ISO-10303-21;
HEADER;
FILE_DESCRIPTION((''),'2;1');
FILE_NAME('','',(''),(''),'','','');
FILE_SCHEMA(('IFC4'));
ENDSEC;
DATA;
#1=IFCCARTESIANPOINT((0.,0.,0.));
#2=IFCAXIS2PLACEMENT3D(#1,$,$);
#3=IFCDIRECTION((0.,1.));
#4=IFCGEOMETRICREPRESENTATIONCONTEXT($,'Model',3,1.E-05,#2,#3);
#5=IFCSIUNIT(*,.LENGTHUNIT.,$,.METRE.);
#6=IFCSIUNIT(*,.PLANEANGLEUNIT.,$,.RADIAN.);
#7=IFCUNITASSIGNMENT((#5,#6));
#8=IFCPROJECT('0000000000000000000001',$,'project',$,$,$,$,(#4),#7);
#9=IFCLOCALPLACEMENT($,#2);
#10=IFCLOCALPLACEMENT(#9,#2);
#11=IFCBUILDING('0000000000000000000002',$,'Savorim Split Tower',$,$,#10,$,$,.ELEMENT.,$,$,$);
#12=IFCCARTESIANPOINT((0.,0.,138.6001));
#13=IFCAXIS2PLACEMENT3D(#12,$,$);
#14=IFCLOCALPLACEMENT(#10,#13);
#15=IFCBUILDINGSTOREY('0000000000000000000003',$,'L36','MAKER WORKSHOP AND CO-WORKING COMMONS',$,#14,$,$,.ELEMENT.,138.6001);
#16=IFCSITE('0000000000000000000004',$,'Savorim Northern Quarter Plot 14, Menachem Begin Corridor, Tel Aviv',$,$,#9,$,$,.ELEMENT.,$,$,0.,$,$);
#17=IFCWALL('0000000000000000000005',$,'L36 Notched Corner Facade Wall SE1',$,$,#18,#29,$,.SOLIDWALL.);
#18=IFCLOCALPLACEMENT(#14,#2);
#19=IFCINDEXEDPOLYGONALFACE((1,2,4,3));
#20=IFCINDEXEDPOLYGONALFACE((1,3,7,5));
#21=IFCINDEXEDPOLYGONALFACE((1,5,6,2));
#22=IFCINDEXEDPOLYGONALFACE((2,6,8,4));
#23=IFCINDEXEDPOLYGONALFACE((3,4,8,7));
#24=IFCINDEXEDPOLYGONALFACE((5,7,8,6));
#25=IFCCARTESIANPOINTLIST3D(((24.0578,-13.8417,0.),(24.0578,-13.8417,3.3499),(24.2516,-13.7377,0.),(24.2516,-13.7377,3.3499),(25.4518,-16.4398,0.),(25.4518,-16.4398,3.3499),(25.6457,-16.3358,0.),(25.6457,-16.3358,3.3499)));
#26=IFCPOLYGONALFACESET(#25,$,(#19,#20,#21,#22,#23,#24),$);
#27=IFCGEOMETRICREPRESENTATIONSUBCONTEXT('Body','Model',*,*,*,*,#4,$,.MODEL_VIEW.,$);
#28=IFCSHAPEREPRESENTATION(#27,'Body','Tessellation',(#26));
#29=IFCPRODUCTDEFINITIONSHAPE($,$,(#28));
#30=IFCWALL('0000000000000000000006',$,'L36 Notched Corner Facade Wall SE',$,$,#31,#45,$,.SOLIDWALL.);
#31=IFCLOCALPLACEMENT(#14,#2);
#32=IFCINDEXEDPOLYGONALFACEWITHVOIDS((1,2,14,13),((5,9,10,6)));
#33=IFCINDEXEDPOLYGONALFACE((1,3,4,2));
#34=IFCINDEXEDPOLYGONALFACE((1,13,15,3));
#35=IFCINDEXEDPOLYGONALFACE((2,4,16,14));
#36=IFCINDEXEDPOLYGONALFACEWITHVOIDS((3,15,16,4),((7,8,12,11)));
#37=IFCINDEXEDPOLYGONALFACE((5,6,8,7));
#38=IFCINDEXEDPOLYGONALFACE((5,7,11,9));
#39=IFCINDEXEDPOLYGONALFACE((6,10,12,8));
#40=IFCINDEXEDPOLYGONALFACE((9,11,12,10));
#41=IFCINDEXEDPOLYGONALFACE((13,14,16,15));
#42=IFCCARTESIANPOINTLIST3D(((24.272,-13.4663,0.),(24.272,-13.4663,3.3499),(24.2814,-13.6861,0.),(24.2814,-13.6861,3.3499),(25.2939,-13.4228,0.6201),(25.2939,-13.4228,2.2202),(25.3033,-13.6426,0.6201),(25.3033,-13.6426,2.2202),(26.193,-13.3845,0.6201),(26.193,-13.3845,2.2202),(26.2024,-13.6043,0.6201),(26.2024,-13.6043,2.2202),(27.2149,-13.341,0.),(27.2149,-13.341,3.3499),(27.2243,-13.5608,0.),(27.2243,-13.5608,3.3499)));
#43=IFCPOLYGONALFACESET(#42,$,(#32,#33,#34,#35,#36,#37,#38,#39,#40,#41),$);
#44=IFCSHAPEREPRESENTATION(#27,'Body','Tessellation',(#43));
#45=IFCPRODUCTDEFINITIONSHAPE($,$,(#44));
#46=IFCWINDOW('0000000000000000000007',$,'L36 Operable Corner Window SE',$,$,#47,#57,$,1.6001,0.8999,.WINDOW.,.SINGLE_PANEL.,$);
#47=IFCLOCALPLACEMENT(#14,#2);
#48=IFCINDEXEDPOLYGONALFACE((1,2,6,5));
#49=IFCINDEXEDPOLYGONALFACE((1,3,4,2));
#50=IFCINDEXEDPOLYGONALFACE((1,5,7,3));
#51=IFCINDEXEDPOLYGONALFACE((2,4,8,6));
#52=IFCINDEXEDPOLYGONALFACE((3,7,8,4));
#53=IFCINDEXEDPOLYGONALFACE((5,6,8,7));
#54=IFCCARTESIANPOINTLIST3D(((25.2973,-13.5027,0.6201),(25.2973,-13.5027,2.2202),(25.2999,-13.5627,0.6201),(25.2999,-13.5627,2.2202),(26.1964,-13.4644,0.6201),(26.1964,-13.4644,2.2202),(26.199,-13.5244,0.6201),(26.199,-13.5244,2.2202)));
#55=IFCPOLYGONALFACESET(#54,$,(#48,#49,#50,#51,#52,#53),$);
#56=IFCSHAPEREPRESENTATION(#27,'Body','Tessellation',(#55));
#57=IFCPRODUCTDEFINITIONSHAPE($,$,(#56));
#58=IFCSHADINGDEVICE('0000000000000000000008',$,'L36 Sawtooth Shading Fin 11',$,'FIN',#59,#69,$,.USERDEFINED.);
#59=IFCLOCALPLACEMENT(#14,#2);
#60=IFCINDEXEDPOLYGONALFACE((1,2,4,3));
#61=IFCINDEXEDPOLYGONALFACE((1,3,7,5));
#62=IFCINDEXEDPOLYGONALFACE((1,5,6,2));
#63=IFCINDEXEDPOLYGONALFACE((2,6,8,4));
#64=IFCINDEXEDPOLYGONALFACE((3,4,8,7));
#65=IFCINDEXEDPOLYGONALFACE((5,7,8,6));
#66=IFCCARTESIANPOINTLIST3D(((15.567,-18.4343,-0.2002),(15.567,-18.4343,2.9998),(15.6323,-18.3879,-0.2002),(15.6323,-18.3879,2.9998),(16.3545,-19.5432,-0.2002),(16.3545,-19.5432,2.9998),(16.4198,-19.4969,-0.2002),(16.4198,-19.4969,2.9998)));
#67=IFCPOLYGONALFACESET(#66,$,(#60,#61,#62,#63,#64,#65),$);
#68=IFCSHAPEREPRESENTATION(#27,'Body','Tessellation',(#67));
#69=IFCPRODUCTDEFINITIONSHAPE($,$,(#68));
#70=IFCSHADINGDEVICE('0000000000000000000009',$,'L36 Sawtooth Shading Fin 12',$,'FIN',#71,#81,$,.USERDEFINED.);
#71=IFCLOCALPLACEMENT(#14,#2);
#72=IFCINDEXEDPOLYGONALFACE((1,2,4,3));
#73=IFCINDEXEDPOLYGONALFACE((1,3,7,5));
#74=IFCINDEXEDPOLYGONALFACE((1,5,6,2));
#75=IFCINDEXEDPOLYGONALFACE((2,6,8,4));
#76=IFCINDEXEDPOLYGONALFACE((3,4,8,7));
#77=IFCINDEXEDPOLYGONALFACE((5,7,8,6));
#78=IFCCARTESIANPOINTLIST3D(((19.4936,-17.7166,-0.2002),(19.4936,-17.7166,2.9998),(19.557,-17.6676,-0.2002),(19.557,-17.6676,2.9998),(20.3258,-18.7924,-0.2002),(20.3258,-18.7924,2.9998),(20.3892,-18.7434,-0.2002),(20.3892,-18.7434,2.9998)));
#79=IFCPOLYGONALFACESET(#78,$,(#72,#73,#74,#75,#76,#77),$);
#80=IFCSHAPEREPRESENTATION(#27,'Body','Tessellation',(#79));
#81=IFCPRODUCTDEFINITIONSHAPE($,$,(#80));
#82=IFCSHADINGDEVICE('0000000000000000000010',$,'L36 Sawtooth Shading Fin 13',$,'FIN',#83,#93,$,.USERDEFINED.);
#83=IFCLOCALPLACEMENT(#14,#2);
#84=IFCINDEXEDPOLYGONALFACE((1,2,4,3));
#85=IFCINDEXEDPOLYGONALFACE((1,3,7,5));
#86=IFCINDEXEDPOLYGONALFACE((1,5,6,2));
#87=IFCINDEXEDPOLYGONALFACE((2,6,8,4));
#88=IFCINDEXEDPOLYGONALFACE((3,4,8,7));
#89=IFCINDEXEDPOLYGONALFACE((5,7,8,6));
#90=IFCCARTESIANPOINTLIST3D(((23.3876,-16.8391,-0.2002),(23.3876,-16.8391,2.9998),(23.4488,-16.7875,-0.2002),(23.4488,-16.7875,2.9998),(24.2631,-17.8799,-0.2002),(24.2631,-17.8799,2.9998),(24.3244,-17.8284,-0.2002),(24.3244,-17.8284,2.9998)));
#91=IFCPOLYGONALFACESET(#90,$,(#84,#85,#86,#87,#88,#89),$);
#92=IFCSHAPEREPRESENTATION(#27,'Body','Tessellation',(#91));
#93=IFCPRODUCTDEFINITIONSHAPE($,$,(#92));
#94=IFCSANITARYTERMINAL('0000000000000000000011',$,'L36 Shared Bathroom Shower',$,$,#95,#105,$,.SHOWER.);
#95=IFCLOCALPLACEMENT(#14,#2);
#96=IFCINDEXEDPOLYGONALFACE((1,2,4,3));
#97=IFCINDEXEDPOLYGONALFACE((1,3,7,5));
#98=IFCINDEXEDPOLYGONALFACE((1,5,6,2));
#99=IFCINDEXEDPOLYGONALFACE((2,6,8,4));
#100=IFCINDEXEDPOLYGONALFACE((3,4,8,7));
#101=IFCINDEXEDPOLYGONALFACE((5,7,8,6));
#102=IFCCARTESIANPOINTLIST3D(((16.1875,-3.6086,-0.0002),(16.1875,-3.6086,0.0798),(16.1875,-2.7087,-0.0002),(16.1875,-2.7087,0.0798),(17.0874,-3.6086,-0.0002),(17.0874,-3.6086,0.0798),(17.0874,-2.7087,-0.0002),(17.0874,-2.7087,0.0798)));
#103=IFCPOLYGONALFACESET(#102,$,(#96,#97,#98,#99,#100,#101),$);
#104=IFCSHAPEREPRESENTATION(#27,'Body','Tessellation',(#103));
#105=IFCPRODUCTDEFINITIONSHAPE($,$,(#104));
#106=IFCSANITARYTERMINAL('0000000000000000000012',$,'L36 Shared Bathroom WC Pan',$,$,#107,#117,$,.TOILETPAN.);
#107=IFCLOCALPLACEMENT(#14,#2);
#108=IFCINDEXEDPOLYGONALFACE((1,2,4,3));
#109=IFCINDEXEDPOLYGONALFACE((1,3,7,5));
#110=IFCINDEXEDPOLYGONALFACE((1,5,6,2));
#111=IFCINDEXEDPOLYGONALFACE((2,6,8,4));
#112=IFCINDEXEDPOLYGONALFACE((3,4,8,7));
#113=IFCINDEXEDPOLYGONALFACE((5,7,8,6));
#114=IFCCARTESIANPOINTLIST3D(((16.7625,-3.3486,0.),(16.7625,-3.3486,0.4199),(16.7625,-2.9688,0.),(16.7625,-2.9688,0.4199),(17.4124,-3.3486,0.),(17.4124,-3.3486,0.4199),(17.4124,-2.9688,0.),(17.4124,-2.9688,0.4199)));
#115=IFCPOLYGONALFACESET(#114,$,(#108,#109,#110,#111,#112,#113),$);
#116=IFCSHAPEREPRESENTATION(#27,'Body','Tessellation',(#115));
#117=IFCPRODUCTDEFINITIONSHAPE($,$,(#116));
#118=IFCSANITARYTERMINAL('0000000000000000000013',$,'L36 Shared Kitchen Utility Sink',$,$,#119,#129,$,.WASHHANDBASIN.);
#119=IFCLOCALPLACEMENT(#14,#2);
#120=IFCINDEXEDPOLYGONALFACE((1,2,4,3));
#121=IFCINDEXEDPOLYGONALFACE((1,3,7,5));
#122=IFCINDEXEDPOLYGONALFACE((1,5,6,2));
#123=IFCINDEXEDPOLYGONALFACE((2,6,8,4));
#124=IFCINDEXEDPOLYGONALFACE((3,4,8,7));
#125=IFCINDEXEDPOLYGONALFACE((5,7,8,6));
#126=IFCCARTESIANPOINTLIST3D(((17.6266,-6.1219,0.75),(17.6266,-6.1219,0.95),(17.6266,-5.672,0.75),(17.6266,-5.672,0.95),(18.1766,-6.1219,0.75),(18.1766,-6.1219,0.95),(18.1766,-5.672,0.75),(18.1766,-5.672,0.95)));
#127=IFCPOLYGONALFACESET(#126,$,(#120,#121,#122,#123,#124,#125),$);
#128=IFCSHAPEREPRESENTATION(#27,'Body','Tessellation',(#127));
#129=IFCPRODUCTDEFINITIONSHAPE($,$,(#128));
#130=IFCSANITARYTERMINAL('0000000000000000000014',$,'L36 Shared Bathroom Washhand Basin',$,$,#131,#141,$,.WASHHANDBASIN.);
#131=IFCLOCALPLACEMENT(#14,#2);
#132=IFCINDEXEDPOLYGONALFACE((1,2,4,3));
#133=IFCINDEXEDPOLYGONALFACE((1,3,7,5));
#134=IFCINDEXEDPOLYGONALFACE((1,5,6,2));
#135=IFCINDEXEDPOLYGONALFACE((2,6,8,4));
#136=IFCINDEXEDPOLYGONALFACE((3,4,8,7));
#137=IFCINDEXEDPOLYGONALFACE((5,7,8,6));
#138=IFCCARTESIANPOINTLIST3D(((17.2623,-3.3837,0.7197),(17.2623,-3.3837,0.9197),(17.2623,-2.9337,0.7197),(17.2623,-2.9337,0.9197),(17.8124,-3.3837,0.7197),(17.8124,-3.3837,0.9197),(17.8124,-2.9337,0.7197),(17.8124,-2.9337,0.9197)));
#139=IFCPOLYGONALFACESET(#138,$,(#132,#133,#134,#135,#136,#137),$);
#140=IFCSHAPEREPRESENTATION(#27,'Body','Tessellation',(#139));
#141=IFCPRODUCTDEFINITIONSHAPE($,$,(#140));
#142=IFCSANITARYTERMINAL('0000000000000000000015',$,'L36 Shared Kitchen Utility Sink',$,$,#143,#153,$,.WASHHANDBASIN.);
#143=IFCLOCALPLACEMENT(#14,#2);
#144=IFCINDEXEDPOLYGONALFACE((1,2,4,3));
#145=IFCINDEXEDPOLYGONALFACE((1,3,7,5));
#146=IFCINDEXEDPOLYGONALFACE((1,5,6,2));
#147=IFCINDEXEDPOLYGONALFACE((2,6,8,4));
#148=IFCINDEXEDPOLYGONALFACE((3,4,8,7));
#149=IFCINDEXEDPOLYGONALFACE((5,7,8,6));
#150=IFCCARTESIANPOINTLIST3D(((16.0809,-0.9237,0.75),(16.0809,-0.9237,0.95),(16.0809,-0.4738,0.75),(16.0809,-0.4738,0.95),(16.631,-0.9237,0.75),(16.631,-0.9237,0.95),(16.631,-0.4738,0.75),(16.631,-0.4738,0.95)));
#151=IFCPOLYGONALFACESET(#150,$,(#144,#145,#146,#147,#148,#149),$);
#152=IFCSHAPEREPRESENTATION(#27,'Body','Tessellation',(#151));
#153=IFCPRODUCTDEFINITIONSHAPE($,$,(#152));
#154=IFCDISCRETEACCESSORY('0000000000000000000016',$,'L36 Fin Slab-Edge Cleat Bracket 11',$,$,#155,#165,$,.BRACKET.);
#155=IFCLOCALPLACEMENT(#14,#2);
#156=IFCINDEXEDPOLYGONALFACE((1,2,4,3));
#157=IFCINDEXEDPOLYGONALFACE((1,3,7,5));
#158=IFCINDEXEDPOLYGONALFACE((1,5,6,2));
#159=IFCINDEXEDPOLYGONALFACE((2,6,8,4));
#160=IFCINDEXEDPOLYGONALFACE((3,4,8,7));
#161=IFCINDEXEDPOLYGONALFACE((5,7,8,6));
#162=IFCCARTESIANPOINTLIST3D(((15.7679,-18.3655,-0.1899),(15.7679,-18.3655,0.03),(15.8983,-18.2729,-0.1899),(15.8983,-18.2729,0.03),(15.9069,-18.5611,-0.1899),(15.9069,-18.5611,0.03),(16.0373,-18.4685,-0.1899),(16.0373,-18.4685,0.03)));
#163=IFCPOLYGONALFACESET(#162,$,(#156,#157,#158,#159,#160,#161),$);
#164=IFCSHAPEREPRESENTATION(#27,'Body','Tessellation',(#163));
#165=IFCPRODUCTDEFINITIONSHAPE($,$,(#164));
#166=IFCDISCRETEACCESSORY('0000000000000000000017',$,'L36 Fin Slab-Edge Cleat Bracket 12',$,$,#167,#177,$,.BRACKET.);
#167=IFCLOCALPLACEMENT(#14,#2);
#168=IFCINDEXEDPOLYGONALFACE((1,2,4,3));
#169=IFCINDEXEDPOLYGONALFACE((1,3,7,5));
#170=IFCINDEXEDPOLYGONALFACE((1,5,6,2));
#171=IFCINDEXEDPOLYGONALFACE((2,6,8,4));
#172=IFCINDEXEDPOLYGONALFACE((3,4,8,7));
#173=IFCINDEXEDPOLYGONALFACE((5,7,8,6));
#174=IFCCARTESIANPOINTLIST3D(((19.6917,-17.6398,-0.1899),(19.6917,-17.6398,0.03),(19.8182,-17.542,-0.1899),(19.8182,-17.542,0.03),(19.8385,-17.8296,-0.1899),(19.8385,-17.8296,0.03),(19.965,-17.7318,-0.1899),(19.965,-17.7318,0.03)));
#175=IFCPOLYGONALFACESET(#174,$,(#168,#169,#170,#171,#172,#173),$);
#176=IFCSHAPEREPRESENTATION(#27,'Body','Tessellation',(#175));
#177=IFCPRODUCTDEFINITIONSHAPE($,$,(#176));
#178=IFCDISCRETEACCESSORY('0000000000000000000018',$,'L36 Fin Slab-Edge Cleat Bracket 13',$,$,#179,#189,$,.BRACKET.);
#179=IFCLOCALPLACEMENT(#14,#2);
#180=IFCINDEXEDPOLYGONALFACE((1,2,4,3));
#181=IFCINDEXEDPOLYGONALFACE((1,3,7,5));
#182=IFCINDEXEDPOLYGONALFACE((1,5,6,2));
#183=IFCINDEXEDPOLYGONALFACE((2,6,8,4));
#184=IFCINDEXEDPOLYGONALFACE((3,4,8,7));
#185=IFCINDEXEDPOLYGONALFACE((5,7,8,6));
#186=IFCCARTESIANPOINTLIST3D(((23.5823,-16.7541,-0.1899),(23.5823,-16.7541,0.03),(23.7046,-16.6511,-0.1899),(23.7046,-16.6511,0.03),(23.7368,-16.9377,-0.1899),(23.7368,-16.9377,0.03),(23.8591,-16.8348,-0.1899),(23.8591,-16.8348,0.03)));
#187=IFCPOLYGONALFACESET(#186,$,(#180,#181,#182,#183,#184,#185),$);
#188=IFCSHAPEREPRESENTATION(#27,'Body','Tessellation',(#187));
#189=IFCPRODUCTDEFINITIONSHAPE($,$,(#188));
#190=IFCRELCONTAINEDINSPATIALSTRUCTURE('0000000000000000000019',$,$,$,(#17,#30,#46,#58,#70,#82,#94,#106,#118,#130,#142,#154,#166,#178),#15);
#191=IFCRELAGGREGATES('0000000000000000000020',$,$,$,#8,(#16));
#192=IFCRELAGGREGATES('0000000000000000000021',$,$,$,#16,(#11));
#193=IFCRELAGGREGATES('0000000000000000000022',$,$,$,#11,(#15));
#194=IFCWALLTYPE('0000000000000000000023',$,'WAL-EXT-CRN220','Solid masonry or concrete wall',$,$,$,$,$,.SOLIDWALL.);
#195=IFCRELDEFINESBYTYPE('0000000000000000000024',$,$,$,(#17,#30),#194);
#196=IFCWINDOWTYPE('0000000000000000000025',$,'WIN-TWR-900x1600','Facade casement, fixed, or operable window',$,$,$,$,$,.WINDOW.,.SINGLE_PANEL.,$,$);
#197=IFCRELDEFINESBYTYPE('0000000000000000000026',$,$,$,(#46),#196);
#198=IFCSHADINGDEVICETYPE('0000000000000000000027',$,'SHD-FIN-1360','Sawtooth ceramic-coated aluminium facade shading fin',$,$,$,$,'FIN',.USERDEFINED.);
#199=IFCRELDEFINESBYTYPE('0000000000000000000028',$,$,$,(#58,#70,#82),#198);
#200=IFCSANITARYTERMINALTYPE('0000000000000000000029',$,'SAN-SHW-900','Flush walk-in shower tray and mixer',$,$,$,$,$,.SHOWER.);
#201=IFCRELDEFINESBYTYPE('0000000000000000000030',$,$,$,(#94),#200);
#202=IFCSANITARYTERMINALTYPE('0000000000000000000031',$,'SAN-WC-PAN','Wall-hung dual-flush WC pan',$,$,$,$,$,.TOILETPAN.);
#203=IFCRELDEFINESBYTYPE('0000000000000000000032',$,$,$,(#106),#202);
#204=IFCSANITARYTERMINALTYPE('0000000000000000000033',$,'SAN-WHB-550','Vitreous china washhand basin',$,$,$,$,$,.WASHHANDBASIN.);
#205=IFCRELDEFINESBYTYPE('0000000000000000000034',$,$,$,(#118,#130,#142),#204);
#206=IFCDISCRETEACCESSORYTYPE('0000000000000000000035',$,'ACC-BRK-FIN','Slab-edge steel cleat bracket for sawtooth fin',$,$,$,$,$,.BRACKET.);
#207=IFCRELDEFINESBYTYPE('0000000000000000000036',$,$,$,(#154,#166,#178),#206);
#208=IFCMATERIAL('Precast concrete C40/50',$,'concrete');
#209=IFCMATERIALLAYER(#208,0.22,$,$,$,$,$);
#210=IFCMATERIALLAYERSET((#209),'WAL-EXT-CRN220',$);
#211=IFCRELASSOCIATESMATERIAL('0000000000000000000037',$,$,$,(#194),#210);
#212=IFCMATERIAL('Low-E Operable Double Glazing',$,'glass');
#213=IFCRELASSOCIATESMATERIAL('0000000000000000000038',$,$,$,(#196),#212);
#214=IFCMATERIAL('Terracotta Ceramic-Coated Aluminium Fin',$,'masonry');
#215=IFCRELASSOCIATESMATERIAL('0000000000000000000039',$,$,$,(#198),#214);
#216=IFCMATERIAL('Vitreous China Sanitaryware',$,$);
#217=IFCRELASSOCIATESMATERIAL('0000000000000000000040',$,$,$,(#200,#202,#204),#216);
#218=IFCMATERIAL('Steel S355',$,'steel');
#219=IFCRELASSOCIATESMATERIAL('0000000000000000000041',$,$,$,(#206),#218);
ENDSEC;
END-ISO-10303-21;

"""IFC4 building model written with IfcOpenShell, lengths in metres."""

from ifc_helpers import new_model, si_unit, direction, frame, frame_2d, origin, origin_2d, place, context, subcontext, project, spatial, rectangle, extrude, material, layer, layer_set, type_object, element, fill, save


model = new_model("IFC4")

# Units and contexts
model_context = context("Model", 3, precision=1e-05, world=origin(), true_north=direction((0.0, 1.0)))
body_context = subcontext(model_context, "Body", "Model", "MODEL_VIEW")
ifc_project = project(units=[si_unit("LENGTHUNIT", "METRE"), si_unit("PLANEANGLEUNIT", "RADIAN")], contexts=[model_context])

# Site, building, storey
site_placement = place(None, origin())
site = spatial("IfcSite", under=ifc_project, at=site_placement, Name="Savorim Northern Quarter Plot 14, Menachem Begin Corridor, Tel Aviv", CompositionType="ELEMENT", RefElevation=0.0)
building_placement = place(site_placement, origin())
building = spatial("IfcBuilding", under=site, at=building_placement, Name="Savorim Split Tower", CompositionType="ELEMENT")
storey_placement = place(building_placement, frame((0.0, 0.0, 138.6001)))
storey = spatial("IfcBuildingStorey", under=building, at=storey_placement, Name="L36", Description="MAKER WORKSHOP AND CO-WORKING COMMONS", CompositionType="ELEMENT", Elevation=138.6001)

# Shared definitions
ifc_material_1 = material(Name="Steel S355", Category="steel")

# Wall
ifc_material_2 = material(Name="Precast concrete C40/50", Category="concrete")
ifc_layer_1 = layer(ifc_material_2, 0.22)
ifc_layer_set_1 = layer_set([ifc_layer_1], Name="WAL-EXT-CRN220")
wall_type = type_object("IfcWallType", Name="WAL-EXT-CRN220", Description="Solid masonry or concrete wall", PredefinedType="SOLIDWALL", material=ifc_layer_set_1)
wall_1_placement = place(storey_placement, frame((24.1548, -13.7898, 0.0), z_axis=(0.0, 0.0, 1.0), x_axis=(0.472796, -0.881172, 0.0)))
element("IfcWall", 1, at=wall_1_placement, inside=storey, type_object=wall_type, Name="L36 Notched Corner Facade Wall SE1", PredefinedType="SOLIDWALL", context=body_context, shape_type="SweptSolid", body=[
    extrude(rectangle(XDim=2.9485, YDim=0.22, at=frame_2d((1.4741, 0.0))), origin(), (0.0, 0.0, 1.0), 3.3499),
])

# Wall, opening, window
wall_2_placement = place(storey_placement, frame((27.2195, -13.4509, 0.0), z_axis=(0.0, 0.0, 1.0), x_axis=(-0.999096, -0.04252, 0.0)))
wall_2 = element("IfcWall", 2, at=wall_2_placement, inside=storey, type_object=wall_type, Name="L36 Notched Corner Facade Wall SE", PredefinedType="SOLIDWALL", context=body_context, shape_type="SweptSolid", body=[
    extrude(rectangle(XDim=2.9456, YDim=0.22, at=frame_2d((1.4727, 0.0))), origin(), (0.0, 0.0, 1.0), 3.3499),
])
opening_placement = place(wall_2_placement, frame((1.0227, 0.0, 0.6201)))
opening = element("IfcOpeningElement", 3, at=opening_placement, cuts=wall_2, PredefinedType="OPENING", context=body_context, shape_type="SweptSolid", body=[
    extrude(rectangle(XDim=0.8999, YDim=1.6001, at=frame_2d((0.45, 0.8))), frame((0.0, 0.1199, 0.0), z_axis=(0.0, -1.0, 0.0), x_axis=(1.0, 0.0, 0.0)), (0.0, 0.0, 1.0), 0.24),
])
ifc_material_3 = material(Name="Low-E Operable Double Glazing", Category="glass")
window_type = type_object("IfcWindowType", Name="WIN-TWR-900x1600", Description="Facade casement, fixed, or operable window", PartitioningType="SINGLE_PANEL", PredefinedType="WINDOW", material=ifc_material_3)
window_placement = place(opening_placement, origin())
window = element("IfcWindow", 4, at=window_placement, inside=storey, type_object=window_type, Name="L36 Operable Corner Window SE", OverallHeight=1.6001, OverallWidth=0.8999, PartitioningType="SINGLE_PANEL", PredefinedType="WINDOW", context=body_context, shape_type="SweptSolid", body=[
    extrude(rectangle(XDim=0.8999, YDim=1.6001, at=frame_2d((0.45, 0.8))), frame((0.0, 0.03, 0.0), z_axis=(0.0, -1.0, 0.0), x_axis=(1.0, 0.0, 0.0)), (0.0, 0.0, 1.0), 0.0601),
])
fill(opening, window)

# Shading devices
ifc_material_4 = material(Name="Terracotta Ceramic-Coated Aluminium Fin", Category="masonry")
shading_device_type = type_object("IfcShadingDeviceType", Name="SHD-FIN-1360", Description="Sawtooth ceramic-coated aluminium facade shading fin", ElementType="FIN", PredefinedType="USERDEFINED", material=ifc_material_4)
for number, where, z_axis, x_axis, name in (
    (5, (15.9934, -18.9656, -0.2002), (0.0, 0.0, 1.0), (0.578994, -0.815332, 0.0), "L36 Sawtooth Shading Fin 11"),
    (6, (19.9414, -18.23, -0.2002), (0.0, 0.0, 1.0), (0.611868, -0.79096, 0.0), "L36 Sawtooth Shading Fin 12"),
    (7, (23.856, -17.3337, -0.2002), (0.0, 0.0, 1.0), (0.643719, -0.765262, 0.0), "L36 Sawtooth Shading Fin 13"),
):
    element("IfcShadingDevice", number, at=place(storey_placement, frame(where, z_axis=z_axis, x_axis=x_axis)), inside=storey, type_object=shading_device_type, Name=name, ObjectType="FIN", PredefinedType="USERDEFINED", context=body_context, shape_type="SweptSolid", body=[
        extrude(rectangle(XDim=1.3601, YDim=0.0801, at=origin_2d()), origin(), (0.0, 0.0, 1.0), 3.2),
    ])

# Sanitary terminals
ifc_material_5 = material(Name="Vitreous China Sanitaryware")
sanitary_terminal_type_1 = type_object("IfcSanitaryTerminalType", Name="SAN-SHW-900", Description="Flush walk-in shower tray and mixer", PredefinedType="SHOWER", material=ifc_material_5)
sanitary_terminal_1_placement = place(storey_placement, frame((16.6375, -3.1587, -0.0002), z_axis=(0.0, 0.0, 1.0), x_axis=(1.0, 0.0, 0.0)))
element("IfcSanitaryTerminal", 8, at=sanitary_terminal_1_placement, inside=storey, type_object=sanitary_terminal_type_1, Name="L36 Shared Bathroom Shower", PredefinedType="SHOWER", context=body_context, shape_type="SweptSolid", body=[
    extrude(rectangle(XDim=0.8999, YDim=0.8999, at=origin_2d()), origin(), (0.0, 0.0, 1.0), 0.0801),
])
sanitary_terminal_type_2 = type_object("IfcSanitaryTerminalType", Name="SAN-WC-PAN", Description="Wall-hung dual-flush WC pan", PredefinedType="TOILETPAN", material=ifc_material_5)
sanitary_terminal_2_placement = place(storey_placement, frame((17.0874, -3.1587, 0.0), z_axis=(0.0, 0.0, 1.0), x_axis=(1.0, 0.0, 0.0)))
element("IfcSanitaryTerminal", 9, at=sanitary_terminal_2_placement, inside=storey, type_object=sanitary_terminal_type_2, Name="L36 Shared Bathroom WC Pan", PredefinedType="TOILETPAN", context=body_context, shape_type="SweptSolid", body=[
    extrude(rectangle(XDim=0.6499, YDim=0.3799, at=origin_2d()), origin(), (0.0, 0.0, 1.0), 0.4199),
])
sanitary_terminal_type_3 = type_object("IfcSanitaryTerminalType", Name="SAN-WHB-550", Description="Vitreous china washhand basin", PredefinedType="WASHHANDBASIN", material=ifc_material_5)
for number, where, z_axis, x_axis, name in (
    (10, (17.9016, -5.897, 0.75), (0.0, 0.0, 1.0), (1.0, 0.0, 0.0), "L36 Shared Kitchen Utility Sink"),
    (11, (17.5374, -3.1587, 0.7197), (0.0, 0.0, 1.0), (1.0, 0.0, 0.0), "L36 Shared Bathroom Washhand Basin"),
    (12, (16.356, -0.6987, 0.75), (0.0, 0.0, 1.0), (1.0, 0.0, 0.0), "L36 Shared Kitchen Utility Sink"),
):
    element("IfcSanitaryTerminal", number, at=place(storey_placement, frame(where, z_axis=z_axis, x_axis=x_axis)), inside=storey, type_object=sanitary_terminal_type_3, Name=name, PredefinedType="WASHHANDBASIN", context=body_context, shape_type="SweptSolid", body=[
        extrude(rectangle(XDim=0.55, YDim=0.45, at=origin_2d()), origin(), (0.0, 0.0, 1.0), 0.2),
    ])

# Discrete accessories
discrete_accessory_type = type_object("IfcDiscreteAccessoryType", Name="ACC-BRK-FIN", Description="Slab-edge steel cleat bracket for sawtooth fin", PredefinedType="BRACKET", material=ifc_material_1)
for number, where, z_axis, x_axis, name in (
    (13, (15.9026, -18.417, -0.1899), (0.0, 0.0, 1.0), (0.578994, -0.815332, 0.0), "L36 Fin Slab-Edge Cleat Bracket 11"),
    (14, (19.8284, -17.6858, -0.1899), (0.0, 0.0, 1.0), (0.611868, -0.79096, 0.0), "L36 Fin Slab-Edge Cleat Bracket 12"),
    (15, (23.7207, -16.7944, -0.1899), (0.0, 0.0, 1.0), (0.643719, -0.765262, 0.0), "L36 Fin Slab-Edge Cleat Bracket 13"),
):
    element("IfcDiscreteAccessory", number, at=place(storey_placement, frame(where, z_axis=z_axis, x_axis=x_axis)), inside=storey, type_object=discrete_accessory_type, Name=name, PredefinedType="BRACKET", context=body_context, shape_type="SweptSolid", body=[
        extrude(rectangle(XDim=0.24, YDim=0.1599, at=origin_2d()), origin(), (0.0, 0.0, 1.0), 0.22),
    ])

save(model, "model.ifc")
